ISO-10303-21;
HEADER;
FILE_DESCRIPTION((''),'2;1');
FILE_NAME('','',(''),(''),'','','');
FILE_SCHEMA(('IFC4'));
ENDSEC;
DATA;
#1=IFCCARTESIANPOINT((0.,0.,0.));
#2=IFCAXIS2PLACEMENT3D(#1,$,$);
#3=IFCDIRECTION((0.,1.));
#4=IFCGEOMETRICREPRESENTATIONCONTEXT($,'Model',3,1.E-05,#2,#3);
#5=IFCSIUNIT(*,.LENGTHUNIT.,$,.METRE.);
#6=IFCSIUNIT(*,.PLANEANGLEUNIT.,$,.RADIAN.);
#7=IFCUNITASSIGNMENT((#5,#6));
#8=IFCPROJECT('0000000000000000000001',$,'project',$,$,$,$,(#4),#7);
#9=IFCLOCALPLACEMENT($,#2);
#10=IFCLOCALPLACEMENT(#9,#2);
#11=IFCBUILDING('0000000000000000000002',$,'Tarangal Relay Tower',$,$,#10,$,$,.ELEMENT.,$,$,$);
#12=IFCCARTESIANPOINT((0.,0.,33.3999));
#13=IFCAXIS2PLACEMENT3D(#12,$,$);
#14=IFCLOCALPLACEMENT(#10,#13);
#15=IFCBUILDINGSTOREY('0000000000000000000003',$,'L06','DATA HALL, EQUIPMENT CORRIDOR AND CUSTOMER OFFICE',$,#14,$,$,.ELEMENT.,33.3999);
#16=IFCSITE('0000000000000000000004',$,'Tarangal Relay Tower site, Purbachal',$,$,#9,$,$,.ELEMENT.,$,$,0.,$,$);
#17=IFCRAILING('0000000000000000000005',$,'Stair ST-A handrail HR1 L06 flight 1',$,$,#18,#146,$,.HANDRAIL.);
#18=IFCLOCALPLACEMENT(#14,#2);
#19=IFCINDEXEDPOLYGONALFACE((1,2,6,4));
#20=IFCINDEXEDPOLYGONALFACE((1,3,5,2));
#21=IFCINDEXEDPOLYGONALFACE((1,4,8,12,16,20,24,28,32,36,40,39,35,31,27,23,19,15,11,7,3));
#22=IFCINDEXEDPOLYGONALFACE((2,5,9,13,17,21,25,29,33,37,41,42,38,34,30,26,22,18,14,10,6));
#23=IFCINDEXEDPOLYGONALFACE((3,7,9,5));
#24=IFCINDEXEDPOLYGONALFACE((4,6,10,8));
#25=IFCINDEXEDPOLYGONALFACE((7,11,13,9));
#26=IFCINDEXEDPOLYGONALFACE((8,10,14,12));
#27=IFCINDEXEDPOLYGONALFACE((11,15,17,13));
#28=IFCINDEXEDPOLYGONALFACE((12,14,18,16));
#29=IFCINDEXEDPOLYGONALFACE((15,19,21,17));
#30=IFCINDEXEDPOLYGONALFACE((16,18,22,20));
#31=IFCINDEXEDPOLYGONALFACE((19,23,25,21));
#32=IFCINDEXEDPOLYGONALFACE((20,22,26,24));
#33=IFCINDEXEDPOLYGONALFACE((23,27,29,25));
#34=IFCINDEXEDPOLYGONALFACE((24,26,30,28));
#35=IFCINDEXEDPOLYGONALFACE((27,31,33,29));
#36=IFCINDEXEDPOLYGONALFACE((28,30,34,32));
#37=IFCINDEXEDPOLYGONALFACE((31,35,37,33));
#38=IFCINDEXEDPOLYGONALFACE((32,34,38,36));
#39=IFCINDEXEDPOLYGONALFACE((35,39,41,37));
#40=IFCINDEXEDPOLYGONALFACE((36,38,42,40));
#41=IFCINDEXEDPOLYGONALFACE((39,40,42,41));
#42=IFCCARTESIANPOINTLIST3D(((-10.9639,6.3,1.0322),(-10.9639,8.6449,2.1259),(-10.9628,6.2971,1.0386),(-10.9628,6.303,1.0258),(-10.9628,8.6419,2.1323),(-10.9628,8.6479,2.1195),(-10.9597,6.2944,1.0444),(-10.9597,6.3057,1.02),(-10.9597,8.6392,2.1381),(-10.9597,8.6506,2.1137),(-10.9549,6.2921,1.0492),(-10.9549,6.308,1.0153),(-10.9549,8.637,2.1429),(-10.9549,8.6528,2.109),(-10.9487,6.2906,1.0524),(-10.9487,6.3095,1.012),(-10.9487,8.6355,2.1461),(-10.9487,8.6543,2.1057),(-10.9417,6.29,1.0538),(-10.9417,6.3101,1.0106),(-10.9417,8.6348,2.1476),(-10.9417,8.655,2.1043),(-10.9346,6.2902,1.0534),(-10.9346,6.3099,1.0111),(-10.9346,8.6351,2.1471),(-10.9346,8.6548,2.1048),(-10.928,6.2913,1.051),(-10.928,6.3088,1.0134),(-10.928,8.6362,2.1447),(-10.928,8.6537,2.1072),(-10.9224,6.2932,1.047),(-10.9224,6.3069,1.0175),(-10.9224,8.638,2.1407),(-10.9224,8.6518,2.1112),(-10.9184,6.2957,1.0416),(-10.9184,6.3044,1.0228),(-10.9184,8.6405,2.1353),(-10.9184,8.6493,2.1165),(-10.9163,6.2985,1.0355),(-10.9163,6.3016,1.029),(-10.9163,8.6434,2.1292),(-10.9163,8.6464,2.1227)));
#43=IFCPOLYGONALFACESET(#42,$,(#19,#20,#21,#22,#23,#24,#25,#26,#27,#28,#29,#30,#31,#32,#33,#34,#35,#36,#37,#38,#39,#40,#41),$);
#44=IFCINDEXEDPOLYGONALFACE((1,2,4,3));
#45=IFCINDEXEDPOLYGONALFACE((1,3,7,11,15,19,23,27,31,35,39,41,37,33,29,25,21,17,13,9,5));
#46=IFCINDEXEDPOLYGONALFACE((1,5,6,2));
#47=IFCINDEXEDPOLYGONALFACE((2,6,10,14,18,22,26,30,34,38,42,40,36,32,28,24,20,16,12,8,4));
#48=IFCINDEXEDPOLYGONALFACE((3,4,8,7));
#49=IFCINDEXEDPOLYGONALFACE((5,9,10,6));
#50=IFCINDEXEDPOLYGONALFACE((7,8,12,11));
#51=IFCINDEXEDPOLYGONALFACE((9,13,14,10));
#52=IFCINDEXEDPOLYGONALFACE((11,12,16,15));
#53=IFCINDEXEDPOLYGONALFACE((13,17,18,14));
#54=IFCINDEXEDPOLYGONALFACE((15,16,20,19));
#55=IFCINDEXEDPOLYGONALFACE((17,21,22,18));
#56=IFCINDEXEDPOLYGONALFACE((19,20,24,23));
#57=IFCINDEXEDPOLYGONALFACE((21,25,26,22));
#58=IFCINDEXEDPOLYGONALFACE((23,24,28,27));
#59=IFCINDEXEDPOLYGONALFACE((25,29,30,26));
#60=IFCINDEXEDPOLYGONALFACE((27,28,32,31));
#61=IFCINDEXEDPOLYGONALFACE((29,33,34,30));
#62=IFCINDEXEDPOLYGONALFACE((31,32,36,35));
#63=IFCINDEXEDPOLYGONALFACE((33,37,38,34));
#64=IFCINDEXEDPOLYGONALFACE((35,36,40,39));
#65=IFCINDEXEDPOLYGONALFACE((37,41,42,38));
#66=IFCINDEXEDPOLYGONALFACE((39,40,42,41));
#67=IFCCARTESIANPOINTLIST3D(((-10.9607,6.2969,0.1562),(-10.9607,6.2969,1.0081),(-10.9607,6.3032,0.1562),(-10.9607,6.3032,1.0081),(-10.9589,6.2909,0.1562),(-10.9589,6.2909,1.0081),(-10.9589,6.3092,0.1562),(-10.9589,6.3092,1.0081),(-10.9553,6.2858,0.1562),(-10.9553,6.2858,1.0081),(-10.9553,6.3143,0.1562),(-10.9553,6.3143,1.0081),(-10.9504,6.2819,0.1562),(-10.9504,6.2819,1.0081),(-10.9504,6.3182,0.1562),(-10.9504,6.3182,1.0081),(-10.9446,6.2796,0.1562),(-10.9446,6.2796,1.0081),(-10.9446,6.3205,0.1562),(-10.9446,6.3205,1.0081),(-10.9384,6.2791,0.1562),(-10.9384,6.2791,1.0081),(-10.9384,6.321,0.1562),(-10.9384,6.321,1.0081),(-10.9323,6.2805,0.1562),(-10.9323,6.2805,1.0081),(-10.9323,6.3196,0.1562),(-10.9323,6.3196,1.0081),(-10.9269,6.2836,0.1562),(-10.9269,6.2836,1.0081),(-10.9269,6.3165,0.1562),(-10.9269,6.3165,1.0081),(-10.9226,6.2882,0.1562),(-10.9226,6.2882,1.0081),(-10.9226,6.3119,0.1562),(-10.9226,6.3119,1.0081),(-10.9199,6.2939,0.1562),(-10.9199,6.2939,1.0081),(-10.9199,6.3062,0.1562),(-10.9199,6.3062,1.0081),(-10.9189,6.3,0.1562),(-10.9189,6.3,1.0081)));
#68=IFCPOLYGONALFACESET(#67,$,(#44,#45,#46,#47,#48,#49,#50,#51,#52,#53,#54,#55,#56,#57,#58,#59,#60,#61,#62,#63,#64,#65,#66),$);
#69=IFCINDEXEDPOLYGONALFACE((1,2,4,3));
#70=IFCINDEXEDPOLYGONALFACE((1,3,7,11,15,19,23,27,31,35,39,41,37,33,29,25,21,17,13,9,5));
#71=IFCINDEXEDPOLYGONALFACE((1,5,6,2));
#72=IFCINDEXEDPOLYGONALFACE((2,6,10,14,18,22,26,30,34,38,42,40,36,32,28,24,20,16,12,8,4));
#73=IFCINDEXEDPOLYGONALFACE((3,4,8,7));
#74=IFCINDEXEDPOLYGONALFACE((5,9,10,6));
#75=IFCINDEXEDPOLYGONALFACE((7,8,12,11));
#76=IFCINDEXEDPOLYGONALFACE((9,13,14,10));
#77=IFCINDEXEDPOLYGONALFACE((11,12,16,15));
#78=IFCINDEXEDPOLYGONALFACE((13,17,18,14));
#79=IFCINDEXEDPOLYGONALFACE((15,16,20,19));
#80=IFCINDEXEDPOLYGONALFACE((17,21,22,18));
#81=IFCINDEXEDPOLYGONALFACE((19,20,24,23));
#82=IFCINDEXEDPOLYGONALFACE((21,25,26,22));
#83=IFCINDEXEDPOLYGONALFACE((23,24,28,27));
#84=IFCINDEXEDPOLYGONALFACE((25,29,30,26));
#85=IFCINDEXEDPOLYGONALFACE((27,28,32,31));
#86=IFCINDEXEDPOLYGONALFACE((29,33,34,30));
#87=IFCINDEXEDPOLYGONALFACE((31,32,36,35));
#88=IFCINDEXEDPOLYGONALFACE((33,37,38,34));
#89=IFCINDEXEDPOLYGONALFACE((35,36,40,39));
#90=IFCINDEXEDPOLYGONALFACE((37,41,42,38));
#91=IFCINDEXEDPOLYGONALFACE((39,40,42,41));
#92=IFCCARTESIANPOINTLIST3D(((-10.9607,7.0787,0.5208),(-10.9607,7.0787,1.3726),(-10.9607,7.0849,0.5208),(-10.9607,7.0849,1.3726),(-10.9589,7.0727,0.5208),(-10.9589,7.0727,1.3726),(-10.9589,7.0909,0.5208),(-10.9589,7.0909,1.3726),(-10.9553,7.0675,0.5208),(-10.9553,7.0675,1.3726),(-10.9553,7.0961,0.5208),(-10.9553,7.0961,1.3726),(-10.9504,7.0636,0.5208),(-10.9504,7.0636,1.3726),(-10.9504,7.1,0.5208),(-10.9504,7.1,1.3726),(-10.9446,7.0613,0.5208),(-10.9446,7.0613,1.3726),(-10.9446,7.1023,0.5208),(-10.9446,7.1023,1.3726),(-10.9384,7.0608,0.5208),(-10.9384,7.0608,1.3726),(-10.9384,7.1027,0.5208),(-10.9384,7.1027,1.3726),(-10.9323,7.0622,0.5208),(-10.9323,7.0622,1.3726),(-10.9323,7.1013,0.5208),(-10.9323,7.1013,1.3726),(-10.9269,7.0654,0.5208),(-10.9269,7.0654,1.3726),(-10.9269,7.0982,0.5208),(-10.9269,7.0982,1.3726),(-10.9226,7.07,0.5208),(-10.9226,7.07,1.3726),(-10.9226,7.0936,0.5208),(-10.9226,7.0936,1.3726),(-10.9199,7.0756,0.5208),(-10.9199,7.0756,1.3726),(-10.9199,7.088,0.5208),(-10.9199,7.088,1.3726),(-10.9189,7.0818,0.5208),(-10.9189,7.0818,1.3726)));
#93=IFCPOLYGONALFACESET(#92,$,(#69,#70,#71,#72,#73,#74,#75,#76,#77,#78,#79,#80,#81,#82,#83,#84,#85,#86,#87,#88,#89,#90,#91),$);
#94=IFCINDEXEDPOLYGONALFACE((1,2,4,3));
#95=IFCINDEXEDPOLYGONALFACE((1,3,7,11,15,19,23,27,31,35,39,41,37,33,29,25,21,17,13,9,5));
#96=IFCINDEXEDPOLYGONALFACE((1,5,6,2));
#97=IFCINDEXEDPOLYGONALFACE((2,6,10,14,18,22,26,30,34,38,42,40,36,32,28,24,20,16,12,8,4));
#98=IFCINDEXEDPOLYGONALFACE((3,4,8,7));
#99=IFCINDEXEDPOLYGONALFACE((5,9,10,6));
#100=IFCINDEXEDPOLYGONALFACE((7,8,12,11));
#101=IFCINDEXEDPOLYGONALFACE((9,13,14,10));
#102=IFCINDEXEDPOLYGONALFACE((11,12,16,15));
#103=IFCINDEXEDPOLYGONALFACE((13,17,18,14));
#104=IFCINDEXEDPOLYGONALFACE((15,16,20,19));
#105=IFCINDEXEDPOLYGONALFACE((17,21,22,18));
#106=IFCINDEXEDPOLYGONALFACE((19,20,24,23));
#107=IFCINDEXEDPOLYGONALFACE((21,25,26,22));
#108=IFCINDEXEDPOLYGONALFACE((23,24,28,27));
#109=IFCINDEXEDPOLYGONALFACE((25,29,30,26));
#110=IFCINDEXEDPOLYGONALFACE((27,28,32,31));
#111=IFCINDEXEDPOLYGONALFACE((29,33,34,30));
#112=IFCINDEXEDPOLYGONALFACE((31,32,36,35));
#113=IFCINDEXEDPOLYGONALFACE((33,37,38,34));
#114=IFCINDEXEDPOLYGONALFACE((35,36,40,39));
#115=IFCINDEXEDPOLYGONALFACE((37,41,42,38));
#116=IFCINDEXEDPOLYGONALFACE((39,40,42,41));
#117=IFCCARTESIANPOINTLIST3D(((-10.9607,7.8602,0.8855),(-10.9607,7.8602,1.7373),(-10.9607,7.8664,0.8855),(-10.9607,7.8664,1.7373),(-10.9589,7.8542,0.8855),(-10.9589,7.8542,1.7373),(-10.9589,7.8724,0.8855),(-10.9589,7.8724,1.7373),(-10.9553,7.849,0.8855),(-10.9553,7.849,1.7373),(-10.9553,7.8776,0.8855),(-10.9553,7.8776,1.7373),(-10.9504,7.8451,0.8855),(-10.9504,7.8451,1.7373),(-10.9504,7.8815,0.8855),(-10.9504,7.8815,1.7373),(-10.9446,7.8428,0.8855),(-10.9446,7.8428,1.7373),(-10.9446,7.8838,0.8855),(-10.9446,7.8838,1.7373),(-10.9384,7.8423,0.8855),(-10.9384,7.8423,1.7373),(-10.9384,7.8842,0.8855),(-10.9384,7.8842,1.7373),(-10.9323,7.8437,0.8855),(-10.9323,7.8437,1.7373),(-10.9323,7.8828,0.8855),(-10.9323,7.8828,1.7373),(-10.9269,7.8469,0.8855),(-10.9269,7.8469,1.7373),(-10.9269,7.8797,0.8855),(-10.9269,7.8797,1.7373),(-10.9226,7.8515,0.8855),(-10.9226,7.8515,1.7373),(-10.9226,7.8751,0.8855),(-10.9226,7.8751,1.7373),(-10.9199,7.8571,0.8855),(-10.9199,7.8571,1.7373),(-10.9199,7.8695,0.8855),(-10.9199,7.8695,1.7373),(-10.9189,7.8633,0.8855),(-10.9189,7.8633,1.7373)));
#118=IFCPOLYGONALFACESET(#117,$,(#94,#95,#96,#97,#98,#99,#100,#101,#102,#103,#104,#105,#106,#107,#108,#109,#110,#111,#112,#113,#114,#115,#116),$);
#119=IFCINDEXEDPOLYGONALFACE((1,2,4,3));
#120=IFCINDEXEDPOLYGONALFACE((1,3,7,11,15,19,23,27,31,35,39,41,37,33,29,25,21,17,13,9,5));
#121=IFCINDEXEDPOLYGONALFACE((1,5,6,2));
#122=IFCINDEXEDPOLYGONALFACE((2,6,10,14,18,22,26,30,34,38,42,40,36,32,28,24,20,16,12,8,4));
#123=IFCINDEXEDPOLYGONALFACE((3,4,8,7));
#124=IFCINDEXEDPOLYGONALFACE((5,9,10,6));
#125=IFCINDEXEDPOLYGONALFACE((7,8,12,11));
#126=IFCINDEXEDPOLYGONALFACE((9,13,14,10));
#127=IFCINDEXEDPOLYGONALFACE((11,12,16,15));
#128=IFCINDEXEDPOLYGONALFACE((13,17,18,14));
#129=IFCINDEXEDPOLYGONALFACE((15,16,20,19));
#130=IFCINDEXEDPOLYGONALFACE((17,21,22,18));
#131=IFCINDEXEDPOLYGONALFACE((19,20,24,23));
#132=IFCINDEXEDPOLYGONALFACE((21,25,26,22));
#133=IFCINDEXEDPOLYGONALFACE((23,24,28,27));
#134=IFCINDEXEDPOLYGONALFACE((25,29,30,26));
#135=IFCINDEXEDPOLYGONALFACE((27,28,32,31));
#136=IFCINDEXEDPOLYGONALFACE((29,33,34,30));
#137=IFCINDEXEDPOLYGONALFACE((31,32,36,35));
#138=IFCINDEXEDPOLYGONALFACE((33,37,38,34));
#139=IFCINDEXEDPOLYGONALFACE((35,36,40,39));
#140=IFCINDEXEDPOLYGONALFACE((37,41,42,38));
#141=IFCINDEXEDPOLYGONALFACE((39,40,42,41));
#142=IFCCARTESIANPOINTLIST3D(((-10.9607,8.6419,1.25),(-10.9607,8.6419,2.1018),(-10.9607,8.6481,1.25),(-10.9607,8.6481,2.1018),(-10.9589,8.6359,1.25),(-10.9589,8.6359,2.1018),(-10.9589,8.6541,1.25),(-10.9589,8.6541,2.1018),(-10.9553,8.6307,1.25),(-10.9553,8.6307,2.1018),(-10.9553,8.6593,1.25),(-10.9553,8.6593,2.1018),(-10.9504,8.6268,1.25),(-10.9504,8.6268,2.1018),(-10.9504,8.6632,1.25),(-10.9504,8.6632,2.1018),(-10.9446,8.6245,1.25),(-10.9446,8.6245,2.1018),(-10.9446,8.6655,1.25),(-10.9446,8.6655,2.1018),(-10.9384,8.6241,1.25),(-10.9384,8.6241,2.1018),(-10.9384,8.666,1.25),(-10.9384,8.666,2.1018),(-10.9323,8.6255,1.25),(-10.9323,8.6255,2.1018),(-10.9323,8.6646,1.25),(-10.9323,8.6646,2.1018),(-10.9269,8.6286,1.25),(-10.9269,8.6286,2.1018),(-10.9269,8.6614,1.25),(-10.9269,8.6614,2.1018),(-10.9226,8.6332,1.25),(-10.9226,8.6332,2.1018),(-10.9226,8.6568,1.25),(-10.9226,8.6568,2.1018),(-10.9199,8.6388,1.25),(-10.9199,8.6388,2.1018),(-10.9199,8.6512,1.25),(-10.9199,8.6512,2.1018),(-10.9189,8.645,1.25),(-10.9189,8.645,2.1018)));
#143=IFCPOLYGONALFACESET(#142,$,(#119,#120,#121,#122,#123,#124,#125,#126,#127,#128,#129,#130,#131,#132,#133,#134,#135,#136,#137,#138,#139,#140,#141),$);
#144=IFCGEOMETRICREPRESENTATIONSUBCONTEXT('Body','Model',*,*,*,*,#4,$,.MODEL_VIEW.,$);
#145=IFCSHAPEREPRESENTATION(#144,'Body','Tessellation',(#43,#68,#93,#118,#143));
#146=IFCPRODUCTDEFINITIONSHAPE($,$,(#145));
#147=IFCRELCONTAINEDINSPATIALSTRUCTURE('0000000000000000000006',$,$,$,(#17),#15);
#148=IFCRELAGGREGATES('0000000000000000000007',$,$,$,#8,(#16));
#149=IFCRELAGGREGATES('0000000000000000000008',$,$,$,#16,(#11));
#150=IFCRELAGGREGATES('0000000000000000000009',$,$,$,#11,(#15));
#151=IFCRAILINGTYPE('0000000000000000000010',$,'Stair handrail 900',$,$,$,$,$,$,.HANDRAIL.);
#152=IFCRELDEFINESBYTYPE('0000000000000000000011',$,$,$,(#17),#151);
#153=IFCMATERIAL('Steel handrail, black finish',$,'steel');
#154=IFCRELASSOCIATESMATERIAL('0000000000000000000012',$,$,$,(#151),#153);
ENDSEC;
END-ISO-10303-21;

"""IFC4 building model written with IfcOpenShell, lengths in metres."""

from ifc_helpers import new_model, si_unit, direction, frame, origin, origin_2d, place, context, subcontext, project, spatial, circle, extrude, material, type_object, element, save


model = new_model("IFC4")

# Units and contexts
model_context = context("Model", 3, precision=1e-05, world=origin(), true_north=direction((0.0, 1.0)))
body_context = subcontext(model_context, "Body", "Model", "MODEL_VIEW")
ifc_project = project(units=[si_unit("LENGTHUNIT", "METRE"), si_unit("PLANEANGLEUNIT", "RADIAN")], contexts=[model_context])

# Site, building, storey
site_placement = place(None, origin())
site = spatial("IfcSite", under=ifc_project, at=site_placement, Name="Tarangal Relay Tower site, Purbachal", CompositionType="ELEMENT", RefElevation=0.0)
building_placement = place(site_placement, origin())
building = spatial("IfcBuilding", under=site, at=building_placement, Name="Tarangal Relay Tower", CompositionType="ELEMENT")
storey_placement = place(building_placement, frame((0.0, 0.0, 33.3999)))
storey = spatial("IfcBuildingStorey", under=building, at=storey_placement, Name="L06", Description="DATA HALL, EQUIPMENT CORRIDOR AND CUSTOMER OFFICE", CompositionType="ELEMENT", Elevation=33.3999)

# Railing
ifc_material_1 = material(Name="Steel handrail, black finish", Category="steel")
railing_type_1 = type_object("IfcRailingType", Name="Stair handrail 900", PredefinedType="HANDRAIL", material=ifc_material_1)
for number, where, name in (
    (1, (-10.9399, 6.3, 0.1562), "Stair ST-A handrail HR1 L06 flight 1"),
):
    element("IfcRailing", number, at=place(storey_placement, frame(where)), inside=storey, type_object=railing_type_1, Name=name, PredefinedType="HANDRAIL", context=body_context, shape_type="SweptSolid", body=[
        extrude(circle(Radius=0.0239, at=origin_2d()), frame((0.0, 0.0, 0.876), z_axis=(0.0, 0.906267, 0.422705), x_axis=(-1.0, 0.0, 0.0)), (0.0, 0.0, 1.0), 2.5874),
        extrude(circle(Radius=0.021, at=origin_2d()), origin(), (0.0, 0.0, 1.0), 0.8518),
        extrude(circle(Radius=0.021, at=origin_2d()), frame((0.0, 0.7817, 0.3645)), (0.0, 0.0, 1.0), 0.8518),
        extrude(circle(Radius=0.021, at=origin_2d()), frame((0.0, 1.5632, 0.7292)), (0.0, 0.0, 1.0), 0.8518),
        extrude(circle(Radius=0.021, at=origin_2d()), frame((0.0, 2.345, 1.0938)), (0.0, 0.0, 1.0), 0.8518),
    ])

save(model, "model.ifc")
